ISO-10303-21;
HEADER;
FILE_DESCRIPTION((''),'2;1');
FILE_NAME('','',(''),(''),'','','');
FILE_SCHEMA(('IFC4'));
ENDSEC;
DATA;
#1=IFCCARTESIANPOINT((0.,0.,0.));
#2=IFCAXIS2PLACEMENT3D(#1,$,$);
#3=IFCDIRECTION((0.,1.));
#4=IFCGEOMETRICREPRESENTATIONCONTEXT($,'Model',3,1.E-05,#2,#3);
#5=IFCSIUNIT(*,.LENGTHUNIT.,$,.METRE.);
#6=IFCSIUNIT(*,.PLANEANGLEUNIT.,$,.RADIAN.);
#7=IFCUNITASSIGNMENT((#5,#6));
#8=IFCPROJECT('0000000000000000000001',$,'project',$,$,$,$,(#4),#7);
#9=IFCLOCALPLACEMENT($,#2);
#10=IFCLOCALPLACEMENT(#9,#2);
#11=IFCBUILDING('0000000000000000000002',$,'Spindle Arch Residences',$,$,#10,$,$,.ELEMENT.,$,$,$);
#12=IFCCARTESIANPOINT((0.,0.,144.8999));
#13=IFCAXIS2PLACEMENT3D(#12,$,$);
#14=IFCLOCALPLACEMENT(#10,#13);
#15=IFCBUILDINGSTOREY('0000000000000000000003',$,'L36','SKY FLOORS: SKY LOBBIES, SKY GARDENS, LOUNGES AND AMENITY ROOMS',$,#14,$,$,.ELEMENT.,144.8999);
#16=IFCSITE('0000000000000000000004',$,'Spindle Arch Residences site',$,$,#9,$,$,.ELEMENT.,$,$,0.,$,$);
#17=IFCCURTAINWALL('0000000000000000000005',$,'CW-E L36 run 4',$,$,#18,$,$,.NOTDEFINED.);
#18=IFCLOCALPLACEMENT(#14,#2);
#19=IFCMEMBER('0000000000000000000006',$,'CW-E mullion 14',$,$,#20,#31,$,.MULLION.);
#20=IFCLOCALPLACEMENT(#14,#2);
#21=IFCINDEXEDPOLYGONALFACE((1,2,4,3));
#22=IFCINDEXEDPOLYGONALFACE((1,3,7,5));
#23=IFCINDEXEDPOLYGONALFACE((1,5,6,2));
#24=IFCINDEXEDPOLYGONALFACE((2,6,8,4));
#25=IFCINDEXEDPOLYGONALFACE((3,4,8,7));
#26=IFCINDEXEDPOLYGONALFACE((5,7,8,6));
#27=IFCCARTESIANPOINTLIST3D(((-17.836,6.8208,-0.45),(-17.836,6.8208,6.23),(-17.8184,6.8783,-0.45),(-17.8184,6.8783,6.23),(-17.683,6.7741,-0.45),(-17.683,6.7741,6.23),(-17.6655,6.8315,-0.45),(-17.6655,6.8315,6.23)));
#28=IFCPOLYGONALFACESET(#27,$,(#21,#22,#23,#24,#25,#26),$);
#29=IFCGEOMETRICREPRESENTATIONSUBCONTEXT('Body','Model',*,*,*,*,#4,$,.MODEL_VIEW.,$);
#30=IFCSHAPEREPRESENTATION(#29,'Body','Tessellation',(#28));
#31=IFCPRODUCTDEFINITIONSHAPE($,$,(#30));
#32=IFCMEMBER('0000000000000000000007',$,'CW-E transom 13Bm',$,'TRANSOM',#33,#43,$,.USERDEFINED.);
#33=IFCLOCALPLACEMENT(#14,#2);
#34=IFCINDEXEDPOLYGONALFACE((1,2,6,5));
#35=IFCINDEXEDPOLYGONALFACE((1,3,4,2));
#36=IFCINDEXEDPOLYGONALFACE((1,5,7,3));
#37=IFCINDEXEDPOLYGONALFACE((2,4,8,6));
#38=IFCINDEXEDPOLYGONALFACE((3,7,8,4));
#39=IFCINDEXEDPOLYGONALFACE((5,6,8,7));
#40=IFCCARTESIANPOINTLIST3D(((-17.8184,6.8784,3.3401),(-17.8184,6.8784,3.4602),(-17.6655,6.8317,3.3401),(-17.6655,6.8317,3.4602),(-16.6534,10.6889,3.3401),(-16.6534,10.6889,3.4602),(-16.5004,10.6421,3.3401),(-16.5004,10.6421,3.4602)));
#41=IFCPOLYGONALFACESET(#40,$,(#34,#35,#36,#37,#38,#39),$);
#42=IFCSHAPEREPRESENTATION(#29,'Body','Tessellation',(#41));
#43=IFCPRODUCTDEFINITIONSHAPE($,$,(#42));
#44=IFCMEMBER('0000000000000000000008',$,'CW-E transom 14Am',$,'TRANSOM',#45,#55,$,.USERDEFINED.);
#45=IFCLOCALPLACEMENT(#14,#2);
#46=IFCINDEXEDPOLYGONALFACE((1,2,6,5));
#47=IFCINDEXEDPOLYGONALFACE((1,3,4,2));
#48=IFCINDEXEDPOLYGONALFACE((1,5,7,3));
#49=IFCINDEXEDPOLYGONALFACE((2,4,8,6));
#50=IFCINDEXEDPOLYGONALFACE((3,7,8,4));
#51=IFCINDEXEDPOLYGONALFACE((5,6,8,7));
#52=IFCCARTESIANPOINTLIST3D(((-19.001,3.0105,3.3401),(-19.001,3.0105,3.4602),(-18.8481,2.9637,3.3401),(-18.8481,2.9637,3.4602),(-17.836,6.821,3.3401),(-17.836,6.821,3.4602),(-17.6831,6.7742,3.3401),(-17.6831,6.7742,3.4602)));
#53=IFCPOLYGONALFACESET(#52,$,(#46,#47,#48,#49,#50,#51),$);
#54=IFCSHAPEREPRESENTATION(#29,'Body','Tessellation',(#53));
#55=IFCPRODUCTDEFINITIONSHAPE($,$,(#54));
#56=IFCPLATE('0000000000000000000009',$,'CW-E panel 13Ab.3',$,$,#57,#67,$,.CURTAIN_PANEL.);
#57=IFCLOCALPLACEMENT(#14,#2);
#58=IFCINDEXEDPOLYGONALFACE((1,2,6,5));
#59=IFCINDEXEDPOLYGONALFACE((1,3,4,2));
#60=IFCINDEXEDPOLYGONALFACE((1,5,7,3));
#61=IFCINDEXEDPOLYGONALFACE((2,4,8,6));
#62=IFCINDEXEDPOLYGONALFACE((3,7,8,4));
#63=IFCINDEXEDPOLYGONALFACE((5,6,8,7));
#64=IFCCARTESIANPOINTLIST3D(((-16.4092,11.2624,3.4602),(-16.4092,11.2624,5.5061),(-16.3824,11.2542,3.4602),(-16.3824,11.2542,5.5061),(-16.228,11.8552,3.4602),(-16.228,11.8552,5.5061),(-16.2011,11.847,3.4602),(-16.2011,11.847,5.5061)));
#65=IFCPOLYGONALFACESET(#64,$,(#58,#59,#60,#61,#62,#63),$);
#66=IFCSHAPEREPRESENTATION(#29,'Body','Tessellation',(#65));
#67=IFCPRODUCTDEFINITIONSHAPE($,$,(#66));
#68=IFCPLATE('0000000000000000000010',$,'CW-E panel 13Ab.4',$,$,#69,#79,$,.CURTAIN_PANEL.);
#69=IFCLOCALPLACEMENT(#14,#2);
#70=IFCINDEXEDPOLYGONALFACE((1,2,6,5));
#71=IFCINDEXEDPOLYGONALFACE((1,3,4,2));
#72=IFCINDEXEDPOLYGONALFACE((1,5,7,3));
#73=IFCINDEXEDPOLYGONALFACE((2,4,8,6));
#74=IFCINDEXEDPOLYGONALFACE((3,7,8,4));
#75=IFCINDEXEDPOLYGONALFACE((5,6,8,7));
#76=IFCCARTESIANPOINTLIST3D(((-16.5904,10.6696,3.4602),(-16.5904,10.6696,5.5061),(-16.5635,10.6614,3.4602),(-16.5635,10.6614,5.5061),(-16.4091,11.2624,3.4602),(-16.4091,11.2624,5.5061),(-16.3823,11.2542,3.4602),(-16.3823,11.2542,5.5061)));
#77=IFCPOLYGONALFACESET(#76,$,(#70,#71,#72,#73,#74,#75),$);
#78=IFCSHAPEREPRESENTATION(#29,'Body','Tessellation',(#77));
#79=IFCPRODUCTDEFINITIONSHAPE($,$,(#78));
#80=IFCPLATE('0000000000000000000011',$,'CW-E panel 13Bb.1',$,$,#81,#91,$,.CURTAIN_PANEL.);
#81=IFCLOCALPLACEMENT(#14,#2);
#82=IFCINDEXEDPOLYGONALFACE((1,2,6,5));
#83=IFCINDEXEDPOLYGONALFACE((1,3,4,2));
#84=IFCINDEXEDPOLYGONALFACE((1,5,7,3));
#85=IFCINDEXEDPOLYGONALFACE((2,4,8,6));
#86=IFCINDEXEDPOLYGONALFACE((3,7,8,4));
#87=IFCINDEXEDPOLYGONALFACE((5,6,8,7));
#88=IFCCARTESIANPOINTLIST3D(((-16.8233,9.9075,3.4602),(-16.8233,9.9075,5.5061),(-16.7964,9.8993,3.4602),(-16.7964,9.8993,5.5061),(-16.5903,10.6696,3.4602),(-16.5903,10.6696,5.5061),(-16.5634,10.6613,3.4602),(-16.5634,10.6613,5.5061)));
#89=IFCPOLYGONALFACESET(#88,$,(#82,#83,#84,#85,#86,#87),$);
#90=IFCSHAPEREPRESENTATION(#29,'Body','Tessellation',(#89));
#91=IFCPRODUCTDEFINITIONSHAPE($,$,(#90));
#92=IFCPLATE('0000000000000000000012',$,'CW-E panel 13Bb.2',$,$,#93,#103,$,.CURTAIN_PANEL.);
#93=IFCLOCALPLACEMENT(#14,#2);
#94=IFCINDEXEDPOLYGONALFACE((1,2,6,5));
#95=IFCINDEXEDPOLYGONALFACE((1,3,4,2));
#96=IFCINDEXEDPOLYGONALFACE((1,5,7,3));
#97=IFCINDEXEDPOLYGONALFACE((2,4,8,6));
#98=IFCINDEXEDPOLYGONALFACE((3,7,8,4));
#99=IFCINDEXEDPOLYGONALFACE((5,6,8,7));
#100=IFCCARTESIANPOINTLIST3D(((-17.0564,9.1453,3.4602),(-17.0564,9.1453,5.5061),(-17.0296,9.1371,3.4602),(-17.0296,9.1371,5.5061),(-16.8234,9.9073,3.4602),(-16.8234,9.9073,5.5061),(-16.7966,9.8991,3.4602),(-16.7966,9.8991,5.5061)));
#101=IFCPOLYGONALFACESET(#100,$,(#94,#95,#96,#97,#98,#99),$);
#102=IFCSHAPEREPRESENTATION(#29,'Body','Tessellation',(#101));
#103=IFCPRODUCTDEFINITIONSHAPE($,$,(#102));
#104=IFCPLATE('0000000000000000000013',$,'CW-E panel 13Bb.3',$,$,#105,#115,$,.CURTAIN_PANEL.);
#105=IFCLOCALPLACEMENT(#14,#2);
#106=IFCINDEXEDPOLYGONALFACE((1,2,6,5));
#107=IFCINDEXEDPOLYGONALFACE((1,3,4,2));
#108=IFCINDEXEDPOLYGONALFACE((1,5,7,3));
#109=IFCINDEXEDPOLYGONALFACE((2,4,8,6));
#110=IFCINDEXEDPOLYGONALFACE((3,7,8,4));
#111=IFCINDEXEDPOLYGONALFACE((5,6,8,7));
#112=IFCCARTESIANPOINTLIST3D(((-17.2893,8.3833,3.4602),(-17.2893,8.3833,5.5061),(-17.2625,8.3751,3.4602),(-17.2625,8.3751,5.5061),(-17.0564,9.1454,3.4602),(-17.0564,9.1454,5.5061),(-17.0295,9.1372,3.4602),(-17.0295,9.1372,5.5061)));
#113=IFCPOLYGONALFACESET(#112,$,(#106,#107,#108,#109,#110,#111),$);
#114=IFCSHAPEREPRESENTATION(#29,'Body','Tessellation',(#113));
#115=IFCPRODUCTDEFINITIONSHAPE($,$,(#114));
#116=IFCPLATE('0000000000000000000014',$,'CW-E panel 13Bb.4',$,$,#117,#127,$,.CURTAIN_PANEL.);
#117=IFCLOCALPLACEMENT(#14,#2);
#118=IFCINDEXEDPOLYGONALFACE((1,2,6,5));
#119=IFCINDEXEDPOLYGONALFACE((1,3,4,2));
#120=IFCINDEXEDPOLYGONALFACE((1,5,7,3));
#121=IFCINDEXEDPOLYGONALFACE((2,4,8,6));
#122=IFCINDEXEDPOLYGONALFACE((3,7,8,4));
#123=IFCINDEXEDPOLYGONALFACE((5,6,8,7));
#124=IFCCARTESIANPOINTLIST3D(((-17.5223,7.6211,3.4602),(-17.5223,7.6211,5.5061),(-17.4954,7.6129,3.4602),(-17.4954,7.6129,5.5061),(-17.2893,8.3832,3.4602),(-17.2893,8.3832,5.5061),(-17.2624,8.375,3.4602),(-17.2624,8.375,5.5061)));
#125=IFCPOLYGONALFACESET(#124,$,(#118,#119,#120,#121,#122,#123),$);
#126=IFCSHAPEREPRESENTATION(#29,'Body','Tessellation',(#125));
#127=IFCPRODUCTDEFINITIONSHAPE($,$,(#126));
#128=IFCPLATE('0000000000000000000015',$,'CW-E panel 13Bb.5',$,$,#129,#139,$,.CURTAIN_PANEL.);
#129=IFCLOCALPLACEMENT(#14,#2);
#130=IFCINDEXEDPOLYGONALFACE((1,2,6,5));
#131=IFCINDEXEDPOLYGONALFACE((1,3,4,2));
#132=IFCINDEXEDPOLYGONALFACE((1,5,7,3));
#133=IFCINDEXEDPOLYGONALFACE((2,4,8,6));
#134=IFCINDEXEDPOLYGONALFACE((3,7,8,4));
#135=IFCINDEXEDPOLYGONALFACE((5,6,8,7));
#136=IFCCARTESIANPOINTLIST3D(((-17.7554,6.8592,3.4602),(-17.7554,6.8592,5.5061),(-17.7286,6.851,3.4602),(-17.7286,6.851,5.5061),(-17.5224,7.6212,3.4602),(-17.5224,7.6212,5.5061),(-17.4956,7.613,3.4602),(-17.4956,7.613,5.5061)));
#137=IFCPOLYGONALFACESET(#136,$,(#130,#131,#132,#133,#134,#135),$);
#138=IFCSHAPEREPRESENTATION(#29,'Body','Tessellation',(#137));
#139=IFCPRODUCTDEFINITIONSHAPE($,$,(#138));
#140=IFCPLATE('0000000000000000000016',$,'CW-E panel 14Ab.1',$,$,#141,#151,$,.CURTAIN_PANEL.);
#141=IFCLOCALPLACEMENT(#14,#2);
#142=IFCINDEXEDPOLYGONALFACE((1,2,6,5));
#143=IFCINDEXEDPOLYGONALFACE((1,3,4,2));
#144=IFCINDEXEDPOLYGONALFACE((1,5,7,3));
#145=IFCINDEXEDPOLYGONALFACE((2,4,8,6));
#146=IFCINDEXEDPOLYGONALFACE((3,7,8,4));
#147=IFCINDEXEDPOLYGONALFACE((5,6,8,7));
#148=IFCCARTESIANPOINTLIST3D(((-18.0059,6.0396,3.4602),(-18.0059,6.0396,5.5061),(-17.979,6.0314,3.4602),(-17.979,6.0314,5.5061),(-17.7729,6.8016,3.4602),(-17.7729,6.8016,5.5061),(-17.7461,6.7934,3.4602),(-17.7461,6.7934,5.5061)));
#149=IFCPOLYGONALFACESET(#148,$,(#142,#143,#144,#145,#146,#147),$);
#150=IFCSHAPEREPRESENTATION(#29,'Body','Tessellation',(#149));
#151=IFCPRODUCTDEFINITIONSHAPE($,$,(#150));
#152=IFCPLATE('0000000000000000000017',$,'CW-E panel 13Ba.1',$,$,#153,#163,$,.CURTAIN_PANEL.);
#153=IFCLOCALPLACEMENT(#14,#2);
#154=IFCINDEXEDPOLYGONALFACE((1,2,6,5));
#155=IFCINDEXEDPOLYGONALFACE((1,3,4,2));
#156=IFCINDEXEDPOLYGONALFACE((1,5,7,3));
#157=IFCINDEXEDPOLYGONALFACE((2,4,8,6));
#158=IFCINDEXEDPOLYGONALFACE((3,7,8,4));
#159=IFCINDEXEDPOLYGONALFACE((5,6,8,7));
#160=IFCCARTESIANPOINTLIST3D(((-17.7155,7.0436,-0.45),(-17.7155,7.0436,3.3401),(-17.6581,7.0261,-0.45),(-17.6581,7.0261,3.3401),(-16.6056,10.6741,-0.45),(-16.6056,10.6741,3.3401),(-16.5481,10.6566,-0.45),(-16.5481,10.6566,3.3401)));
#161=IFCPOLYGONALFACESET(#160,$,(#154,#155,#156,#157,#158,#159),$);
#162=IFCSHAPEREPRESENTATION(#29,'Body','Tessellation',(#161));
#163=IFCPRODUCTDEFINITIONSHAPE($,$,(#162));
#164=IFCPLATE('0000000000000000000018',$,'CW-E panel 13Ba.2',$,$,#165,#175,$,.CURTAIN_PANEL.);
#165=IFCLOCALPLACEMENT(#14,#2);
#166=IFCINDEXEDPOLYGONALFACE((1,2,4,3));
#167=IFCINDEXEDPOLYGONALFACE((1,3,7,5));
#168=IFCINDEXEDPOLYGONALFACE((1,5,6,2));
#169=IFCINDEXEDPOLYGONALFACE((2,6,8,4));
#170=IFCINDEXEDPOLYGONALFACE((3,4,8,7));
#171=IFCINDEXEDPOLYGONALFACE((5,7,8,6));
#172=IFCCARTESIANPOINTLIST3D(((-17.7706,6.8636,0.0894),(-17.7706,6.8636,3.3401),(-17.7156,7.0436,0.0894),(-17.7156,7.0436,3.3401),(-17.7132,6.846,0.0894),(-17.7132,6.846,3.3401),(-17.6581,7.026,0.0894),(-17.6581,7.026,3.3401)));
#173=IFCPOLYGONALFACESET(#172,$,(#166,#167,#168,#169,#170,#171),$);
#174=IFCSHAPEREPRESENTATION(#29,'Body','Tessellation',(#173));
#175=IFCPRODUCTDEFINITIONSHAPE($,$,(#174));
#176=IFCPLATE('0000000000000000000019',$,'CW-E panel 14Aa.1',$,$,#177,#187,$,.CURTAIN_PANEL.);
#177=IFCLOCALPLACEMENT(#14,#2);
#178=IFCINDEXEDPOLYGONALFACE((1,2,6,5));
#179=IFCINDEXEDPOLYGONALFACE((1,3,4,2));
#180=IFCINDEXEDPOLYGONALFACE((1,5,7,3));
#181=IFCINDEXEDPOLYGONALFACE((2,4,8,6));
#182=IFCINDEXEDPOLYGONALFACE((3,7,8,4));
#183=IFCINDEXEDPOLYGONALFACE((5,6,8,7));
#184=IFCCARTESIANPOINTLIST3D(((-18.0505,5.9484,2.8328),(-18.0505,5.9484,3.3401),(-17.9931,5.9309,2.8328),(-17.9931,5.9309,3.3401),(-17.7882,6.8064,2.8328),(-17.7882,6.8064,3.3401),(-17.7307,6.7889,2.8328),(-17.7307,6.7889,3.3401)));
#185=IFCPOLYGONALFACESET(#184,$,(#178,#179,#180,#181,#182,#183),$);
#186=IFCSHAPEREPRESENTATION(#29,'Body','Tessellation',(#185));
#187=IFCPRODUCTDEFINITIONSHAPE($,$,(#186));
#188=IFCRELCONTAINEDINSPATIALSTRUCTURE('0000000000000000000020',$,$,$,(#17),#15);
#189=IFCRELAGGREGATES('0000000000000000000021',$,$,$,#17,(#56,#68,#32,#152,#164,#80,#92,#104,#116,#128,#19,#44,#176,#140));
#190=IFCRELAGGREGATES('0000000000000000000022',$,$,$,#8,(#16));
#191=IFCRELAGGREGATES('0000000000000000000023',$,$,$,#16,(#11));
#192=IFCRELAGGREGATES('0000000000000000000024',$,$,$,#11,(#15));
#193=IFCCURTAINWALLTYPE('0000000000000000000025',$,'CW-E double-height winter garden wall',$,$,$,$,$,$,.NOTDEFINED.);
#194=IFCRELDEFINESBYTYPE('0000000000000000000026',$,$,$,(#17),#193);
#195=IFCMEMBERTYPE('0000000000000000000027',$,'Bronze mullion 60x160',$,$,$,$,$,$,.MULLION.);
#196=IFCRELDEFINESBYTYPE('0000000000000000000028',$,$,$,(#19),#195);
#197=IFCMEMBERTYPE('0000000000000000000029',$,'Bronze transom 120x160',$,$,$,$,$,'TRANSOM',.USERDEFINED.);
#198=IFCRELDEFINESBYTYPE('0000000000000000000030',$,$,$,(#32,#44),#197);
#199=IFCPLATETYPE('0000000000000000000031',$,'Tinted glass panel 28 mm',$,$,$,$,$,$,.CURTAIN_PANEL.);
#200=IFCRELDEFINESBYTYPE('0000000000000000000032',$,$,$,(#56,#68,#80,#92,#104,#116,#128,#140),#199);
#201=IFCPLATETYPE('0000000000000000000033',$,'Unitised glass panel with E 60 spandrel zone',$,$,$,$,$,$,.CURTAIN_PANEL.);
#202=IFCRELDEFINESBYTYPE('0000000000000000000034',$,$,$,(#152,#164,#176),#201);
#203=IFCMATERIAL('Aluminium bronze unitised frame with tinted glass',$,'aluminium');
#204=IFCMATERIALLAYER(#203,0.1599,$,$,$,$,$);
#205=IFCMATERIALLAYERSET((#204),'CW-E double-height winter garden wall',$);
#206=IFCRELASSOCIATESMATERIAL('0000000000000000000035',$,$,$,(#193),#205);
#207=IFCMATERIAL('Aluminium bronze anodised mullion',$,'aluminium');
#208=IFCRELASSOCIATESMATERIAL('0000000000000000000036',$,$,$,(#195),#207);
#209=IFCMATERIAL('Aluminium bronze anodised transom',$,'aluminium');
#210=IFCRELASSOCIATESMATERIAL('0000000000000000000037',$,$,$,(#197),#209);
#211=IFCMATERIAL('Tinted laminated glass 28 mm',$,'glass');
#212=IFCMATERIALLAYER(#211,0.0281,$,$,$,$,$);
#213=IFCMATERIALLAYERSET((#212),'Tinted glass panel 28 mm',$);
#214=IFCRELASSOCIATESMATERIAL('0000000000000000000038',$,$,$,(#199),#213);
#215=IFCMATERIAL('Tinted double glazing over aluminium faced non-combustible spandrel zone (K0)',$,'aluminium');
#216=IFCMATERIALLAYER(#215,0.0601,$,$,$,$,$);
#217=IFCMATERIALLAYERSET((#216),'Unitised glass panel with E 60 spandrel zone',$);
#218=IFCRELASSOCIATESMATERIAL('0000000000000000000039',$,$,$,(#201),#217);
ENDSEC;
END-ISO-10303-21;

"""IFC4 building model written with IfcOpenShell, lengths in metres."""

from ifc_helpers import new_model, si_unit, direction, frame, origin, origin_2d, place, context, subcontext, project, spatial, rectangle, extrude, material, layer, layer_set, material_profile, profile_set, type_object, element, aggregate, save


model = new_model("IFC4")

# Units and contexts
model_context = context("Model", 3, precision=1e-05, world=origin(), true_north=direction((0.0, 1.0)))
body_context = subcontext(model_context, "Body", "Model", "MODEL_VIEW")
ifc_project = project(units=[si_unit("LENGTHUNIT", "METRE"), si_unit("PLANEANGLEUNIT", "RADIAN")], contexts=[model_context])

# Site, building, storey
site_placement = place(None, origin())
site = spatial("IfcSite", under=ifc_project, at=site_placement, Name="Spindle Arch Residences site", CompositionType="ELEMENT", RefElevation=0.0)
building_placement = place(site_placement, origin())
building = spatial("IfcBuilding", under=site, at=building_placement, Name="Spindle Arch Residences", CompositionType="ELEMENT")
storey_placement = place(building_placement, frame((0.0, 0.0, 144.8999)))
storey = spatial("IfcBuildingStorey", under=building, at=storey_placement, Name="L36", Description="SKY FLOORS: SKY LOBBIES, SKY GARDENS, LOUNGES AND AMENITY ROOMS", CompositionType="ELEMENT", Elevation=144.8999)

# Curtain wall, members, plates
ifc_material_1 = material(Name="Aluminium bronze unitised frame with tinted glass", Category="aluminium")
ifc_layer_1 = layer(ifc_material_1, 0.1599)
ifc_layer_set_1 = layer_set([ifc_layer_1], Name="CW-E double-height winter garden wall")
curtain_wall_type = type_object("IfcCurtainWallType", Name="CW-E double-height winter garden wall", PredefinedType="NOTDEFINED", material=ifc_layer_set_1)
curtain_wall_placement = place(storey_placement, origin())
curtain_wall = element("IfcCurtainWall", 1, at=curtain_wall_placement, inside=storey, type_object=curtain_wall_type, Name="CW-E L36 run 4", PredefinedType="NOTDEFINED")
ifc_material_2 = material(Name="Aluminium bronze anodised mullion", Category="aluminium")
ifc_material_profile_1 = material_profile(ifc_material_2, rectangle(XDim=0.1599, YDim=0.0601, at=origin_2d()), Name="MU 60x160")
ifc_profile_set_1 = profile_set([ifc_material_profile_1], Name="Aluminium bronze anodised mullion")
member_type_1 = type_object("IfcMemberType", Name="Bronze mullion 60x160", PredefinedType="MULLION", material=ifc_profile_set_1)
member_1_placement = place(storey_placement, frame((-17.7507, 6.8262, -0.45), z_axis=(0.0, 0.0, 1.0), x_axis=(0.956305, -0.292372, 0.0)))
member_1 = element("IfcMember", 2, at=member_1_placement, type_object=member_type_1, Name="CW-E mullion 14", PredefinedType="MULLION", context=body_context, shape_type="SweptSolid", body=[
    extrude(rectangle(XDim=0.1599, YDim=0.0601, at=origin_2d()), origin(), (0.0, 0.0, 1.0), 6.6799),
])
ifc_material_3 = material(Name="Aluminium bronze anodised transom", Category="aluminium")
ifc_material_profile_2 = material_profile(ifc_material_3, rectangle(XDim=0.1599, YDim=0.1201, at=origin_2d()), Name="TR 120x160")
ifc_profile_set_2 = profile_set([ifc_material_profile_2], Name="Aluminium bronze anodised transom")
member_type_2 = type_object("IfcMemberType", Name="Bronze transom 120x160", ElementType="TRANSOM", PredefinedType="USERDEFINED", material=ifc_profile_set_2)
member_2_placement = place(storey_placement, frame((-16.5769, 10.6655, 3.4001), z_axis=(-0.29238, -0.956302, 0.0), x_axis=(0.956302, -0.29238, 0.0)))
member_2 = element("IfcMember", 3, at=member_2_placement, type_object=member_type_2, Name="CW-E transom 13Bm", ObjectType="TRANSOM", PredefinedType="USERDEFINED", context=body_context, shape_type="SweptSolid", body=[
    extrude(rectangle(XDim=0.1599, YDim=0.1201, at=origin_2d()), origin(), (0.0, 0.0, 1.0), 3.9846),
])
member_3_placement = place(storey_placement, frame((-17.7595, 6.7976, 3.4001), z_axis=(-0.29238, -0.956302, 0.0), x_axis=(0.956302, -0.29238, 0.0)))
member_3 = element("IfcMember", 4, at=member_3_placement, type_object=member_type_2, Name="CW-E transom 14Am", ObjectType="TRANSOM", PredefinedType="USERDEFINED", context=body_context, shape_type="SweptSolid", body=[
    extrude(rectangle(XDim=0.1599, YDim=0.1201, at=origin_2d()), origin(), (0.0, 0.0, 1.0), 3.9846),
])
ifc_material_4 = material(Name="Tinted laminated glass 28 mm", Category="glass")
ifc_layer_2 = layer(ifc_material_4, 0.0281)
ifc_layer_set_2 = layer_set([ifc_layer_2], Name="Tinted glass panel 28 mm")
plate_type_1 = type_object("IfcPlateType", Name="Tinted glass panel 28 mm", PredefinedType="CURTAIN_PANEL", material=ifc_layer_set_2)
plate_1_placement = place(storey_placement, frame((-16.3052, 11.5547, 3.4602), z_axis=(0.0, 0.0, 1.0), x_axis=(-0.292372, -0.956305, 0.0)))
plate_1 = element("IfcPlate", 5, at=plate_1_placement, type_object=plate_type_1, Name="CW-E panel 13Ab.3", PredefinedType="CURTAIN_PANEL", context=body_context, shape_type="SweptSolid", body=[
    extrude(rectangle(XDim=0.6199, YDim=0.0281, at=origin_2d()), origin(), (0.0, 0.0, 1.0), 2.0459),
])
plate_2_placement = place(storey_placement, frame((-16.4863, 10.9619, 3.4602), z_axis=(0.0, 0.0, 1.0), x_axis=(-0.292372, -0.956305, 0.0)))
plate_2 = element("IfcPlate", 6, at=plate_2_placement, type_object=plate_type_1, Name="CW-E panel 13Ab.4", PredefinedType="CURTAIN_PANEL", context=body_context, shape_type="SweptSolid", body=[
    extrude(rectangle(XDim=0.6199, YDim=0.0281, at=origin_2d()), origin(), (0.0, 0.0, 1.0), 2.0459),
])
plate_3_placement = place(storey_placement, frame((-16.6934, 10.2844, 3.4602), z_axis=(0.0, 0.0, 1.0), x_axis=(-0.292372, -0.956305, 0.0)))
plate_3 = element("IfcPlate", 7, at=plate_3_placement, type_object=plate_type_1, Name="CW-E panel 13Bb.1", PredefinedType="CURTAIN_PANEL", context=body_context, shape_type="SweptSolid", body=[
    extrude(rectangle(XDim=0.7969, YDim=0.0281, at=origin_2d()), origin(), (0.0, 0.0, 1.0), 2.0459),
])
plate_4_placement = place(storey_placement, frame((-16.9265, 9.5222, 3.4602), z_axis=(0.0, 0.0, 1.0), x_axis=(-0.292372, -0.956305, 0.0)))
plate_4 = element("IfcPlate", 8, at=plate_4_placement, type_object=plate_type_1, Name="CW-E panel 13Bb.2", PredefinedType="CURTAIN_PANEL", context=body_context, shape_type="SweptSolid", body=[
    extrude(rectangle(XDim=0.7969, YDim=0.0281, at=origin_2d()), origin(), (0.0, 0.0, 1.0), 2.0459),
])
plate_5_placement = place(storey_placement, frame((-17.1594, 8.7603, 3.4602), z_axis=(0.0, 0.0, 1.0), x_axis=(-0.292372, -0.956305, 0.0)))
plate_5 = element("IfcPlate", 9, at=plate_5_placement, type_object=plate_type_1, Name="CW-E panel 13Bb.3", PredefinedType="CURTAIN_PANEL", context=body_context, shape_type="SweptSolid", body=[
    extrude(rectangle(XDim=0.7969, YDim=0.0281, at=origin_2d()), origin(), (0.0, 0.0, 1.0), 2.0459),
])
plate_6_placement = place(storey_placement, frame((-17.3923, 7.998, 3.4602), z_axis=(0.0, 0.0, 1.0), x_axis=(-0.292372, -0.956305, 0.0)))
plate_6 = element("IfcPlate", 10, at=plate_6_placement, type_object=plate_type_1, Name="CW-E panel 13Bb.4", PredefinedType="CURTAIN_PANEL", context=body_context, shape_type="SweptSolid", body=[
    extrude(rectangle(XDim=0.7969, YDim=0.0281, at=origin_2d()), origin(), (0.0, 0.0, 1.0), 2.0459),
])
plate_7_placement = place(storey_placement, frame((-17.6255, 7.2361, 3.4602), z_axis=(0.0, 0.0, 1.0), x_axis=(-0.292372, -0.956305, 0.0)))
plate_7 = element("IfcPlate", 11, at=plate_7_placement, type_object=plate_type_1, Name="CW-E panel 13Bb.5", PredefinedType="CURTAIN_PANEL", context=body_context, shape_type="SweptSolid", body=[
    extrude(rectangle(XDim=0.7969, YDim=0.0281, at=origin_2d()), origin(), (0.0, 0.0, 1.0), 2.0459),
])
plate_8_placement = place(storey_placement, frame((-17.876, 6.4165, 3.4602), z_axis=(0.0, 0.0, 1.0), x_axis=(-0.292372, -0.956305, 0.0)))
plate_8 = element("IfcPlate", 12, at=plate_8_placement, type_object=plate_type_1, Name="CW-E panel 14Ab.1", PredefinedType="CURTAIN_PANEL", context=body_context, shape_type="SweptSolid", body=[
    extrude(rectangle(XDim=0.7969, YDim=0.0281, at=origin_2d()), origin(), (0.0, 0.0, 1.0), 2.0459),
])
ifc_material_5 = material(Name="Tinted double glazing over aluminium faced non-combustible spandrel zone (K0)", Category="aluminium")
ifc_layer_3 = layer(ifc_material_5, 0.0601)
ifc_layer_set_3 = layer_set([ifc_layer_3], Name="Unitised glass panel with E 60 spandrel zone")
plate_type_2 = type_object("IfcPlateType", Name="Unitised glass panel with E 60 spandrel zone", PredefinedType="CURTAIN_PANEL", material=ifc_layer_set_3)
plate_9_placement = place(storey_placement, frame((-17.1318, 8.8501, -0.45), z_axis=(0.0, 0.0, 1.0), x_axis=(-0.292372, -0.956305, 0.0)))
plate_9 = element("IfcPlate", 13, at=plate_9_placement, type_object=plate_type_2, Name="CW-E panel 13Ba.1", PredefinedType="CURTAIN_PANEL", context=body_context, shape_type="SweptSolid", body=[
    extrude(rectangle(XDim=3.7964, YDim=0.0601, at=origin_2d()), origin(), (0.0, 0.0, 1.0), 3.79),
])
plate_10_placement = place(storey_placement, frame((-17.7144, 6.9448, 0.0894), z_axis=(0.0, 0.0, 1.0), x_axis=(-0.292372, -0.956305, 0.0)))
plate_10 = element("IfcPlate", 14, at=plate_10_placement, type_object=plate_type_2, Name="CW-E panel 13Ba.2", PredefinedType="CURTAIN_PANEL", context=body_context, shape_type="SweptSolid", body=[
    extrude(rectangle(XDim=0.1882, YDim=0.0601, at=origin_2d()), origin(), (0.0, 0.0, 1.0), 3.2507),
])
plate_11_placement = place(storey_placement, frame((-17.8906, 6.3687, 2.8328), z_axis=(0.0, 0.0, 1.0), x_axis=(-0.292372, -0.956305, 0.0)))
plate_11 = element("IfcPlate", 15, at=plate_11_placement, type_object=plate_type_2, Name="CW-E panel 14Aa.1", PredefinedType="CURTAIN_PANEL", context=body_context, shape_type="SweptSolid", body=[
    extrude(rectangle(XDim=0.8972, YDim=0.0601, at=origin_2d()), origin(), (0.0, 0.0, 1.0), 0.5073),
])
aggregate(curtain_wall, [plate_1, plate_2, member_2, plate_9, plate_10, plate_3, plate_4, plate_5, plate_6, plate_7, member_1, member_3, plate_11, plate_8])

save(model, "model.ifc")
